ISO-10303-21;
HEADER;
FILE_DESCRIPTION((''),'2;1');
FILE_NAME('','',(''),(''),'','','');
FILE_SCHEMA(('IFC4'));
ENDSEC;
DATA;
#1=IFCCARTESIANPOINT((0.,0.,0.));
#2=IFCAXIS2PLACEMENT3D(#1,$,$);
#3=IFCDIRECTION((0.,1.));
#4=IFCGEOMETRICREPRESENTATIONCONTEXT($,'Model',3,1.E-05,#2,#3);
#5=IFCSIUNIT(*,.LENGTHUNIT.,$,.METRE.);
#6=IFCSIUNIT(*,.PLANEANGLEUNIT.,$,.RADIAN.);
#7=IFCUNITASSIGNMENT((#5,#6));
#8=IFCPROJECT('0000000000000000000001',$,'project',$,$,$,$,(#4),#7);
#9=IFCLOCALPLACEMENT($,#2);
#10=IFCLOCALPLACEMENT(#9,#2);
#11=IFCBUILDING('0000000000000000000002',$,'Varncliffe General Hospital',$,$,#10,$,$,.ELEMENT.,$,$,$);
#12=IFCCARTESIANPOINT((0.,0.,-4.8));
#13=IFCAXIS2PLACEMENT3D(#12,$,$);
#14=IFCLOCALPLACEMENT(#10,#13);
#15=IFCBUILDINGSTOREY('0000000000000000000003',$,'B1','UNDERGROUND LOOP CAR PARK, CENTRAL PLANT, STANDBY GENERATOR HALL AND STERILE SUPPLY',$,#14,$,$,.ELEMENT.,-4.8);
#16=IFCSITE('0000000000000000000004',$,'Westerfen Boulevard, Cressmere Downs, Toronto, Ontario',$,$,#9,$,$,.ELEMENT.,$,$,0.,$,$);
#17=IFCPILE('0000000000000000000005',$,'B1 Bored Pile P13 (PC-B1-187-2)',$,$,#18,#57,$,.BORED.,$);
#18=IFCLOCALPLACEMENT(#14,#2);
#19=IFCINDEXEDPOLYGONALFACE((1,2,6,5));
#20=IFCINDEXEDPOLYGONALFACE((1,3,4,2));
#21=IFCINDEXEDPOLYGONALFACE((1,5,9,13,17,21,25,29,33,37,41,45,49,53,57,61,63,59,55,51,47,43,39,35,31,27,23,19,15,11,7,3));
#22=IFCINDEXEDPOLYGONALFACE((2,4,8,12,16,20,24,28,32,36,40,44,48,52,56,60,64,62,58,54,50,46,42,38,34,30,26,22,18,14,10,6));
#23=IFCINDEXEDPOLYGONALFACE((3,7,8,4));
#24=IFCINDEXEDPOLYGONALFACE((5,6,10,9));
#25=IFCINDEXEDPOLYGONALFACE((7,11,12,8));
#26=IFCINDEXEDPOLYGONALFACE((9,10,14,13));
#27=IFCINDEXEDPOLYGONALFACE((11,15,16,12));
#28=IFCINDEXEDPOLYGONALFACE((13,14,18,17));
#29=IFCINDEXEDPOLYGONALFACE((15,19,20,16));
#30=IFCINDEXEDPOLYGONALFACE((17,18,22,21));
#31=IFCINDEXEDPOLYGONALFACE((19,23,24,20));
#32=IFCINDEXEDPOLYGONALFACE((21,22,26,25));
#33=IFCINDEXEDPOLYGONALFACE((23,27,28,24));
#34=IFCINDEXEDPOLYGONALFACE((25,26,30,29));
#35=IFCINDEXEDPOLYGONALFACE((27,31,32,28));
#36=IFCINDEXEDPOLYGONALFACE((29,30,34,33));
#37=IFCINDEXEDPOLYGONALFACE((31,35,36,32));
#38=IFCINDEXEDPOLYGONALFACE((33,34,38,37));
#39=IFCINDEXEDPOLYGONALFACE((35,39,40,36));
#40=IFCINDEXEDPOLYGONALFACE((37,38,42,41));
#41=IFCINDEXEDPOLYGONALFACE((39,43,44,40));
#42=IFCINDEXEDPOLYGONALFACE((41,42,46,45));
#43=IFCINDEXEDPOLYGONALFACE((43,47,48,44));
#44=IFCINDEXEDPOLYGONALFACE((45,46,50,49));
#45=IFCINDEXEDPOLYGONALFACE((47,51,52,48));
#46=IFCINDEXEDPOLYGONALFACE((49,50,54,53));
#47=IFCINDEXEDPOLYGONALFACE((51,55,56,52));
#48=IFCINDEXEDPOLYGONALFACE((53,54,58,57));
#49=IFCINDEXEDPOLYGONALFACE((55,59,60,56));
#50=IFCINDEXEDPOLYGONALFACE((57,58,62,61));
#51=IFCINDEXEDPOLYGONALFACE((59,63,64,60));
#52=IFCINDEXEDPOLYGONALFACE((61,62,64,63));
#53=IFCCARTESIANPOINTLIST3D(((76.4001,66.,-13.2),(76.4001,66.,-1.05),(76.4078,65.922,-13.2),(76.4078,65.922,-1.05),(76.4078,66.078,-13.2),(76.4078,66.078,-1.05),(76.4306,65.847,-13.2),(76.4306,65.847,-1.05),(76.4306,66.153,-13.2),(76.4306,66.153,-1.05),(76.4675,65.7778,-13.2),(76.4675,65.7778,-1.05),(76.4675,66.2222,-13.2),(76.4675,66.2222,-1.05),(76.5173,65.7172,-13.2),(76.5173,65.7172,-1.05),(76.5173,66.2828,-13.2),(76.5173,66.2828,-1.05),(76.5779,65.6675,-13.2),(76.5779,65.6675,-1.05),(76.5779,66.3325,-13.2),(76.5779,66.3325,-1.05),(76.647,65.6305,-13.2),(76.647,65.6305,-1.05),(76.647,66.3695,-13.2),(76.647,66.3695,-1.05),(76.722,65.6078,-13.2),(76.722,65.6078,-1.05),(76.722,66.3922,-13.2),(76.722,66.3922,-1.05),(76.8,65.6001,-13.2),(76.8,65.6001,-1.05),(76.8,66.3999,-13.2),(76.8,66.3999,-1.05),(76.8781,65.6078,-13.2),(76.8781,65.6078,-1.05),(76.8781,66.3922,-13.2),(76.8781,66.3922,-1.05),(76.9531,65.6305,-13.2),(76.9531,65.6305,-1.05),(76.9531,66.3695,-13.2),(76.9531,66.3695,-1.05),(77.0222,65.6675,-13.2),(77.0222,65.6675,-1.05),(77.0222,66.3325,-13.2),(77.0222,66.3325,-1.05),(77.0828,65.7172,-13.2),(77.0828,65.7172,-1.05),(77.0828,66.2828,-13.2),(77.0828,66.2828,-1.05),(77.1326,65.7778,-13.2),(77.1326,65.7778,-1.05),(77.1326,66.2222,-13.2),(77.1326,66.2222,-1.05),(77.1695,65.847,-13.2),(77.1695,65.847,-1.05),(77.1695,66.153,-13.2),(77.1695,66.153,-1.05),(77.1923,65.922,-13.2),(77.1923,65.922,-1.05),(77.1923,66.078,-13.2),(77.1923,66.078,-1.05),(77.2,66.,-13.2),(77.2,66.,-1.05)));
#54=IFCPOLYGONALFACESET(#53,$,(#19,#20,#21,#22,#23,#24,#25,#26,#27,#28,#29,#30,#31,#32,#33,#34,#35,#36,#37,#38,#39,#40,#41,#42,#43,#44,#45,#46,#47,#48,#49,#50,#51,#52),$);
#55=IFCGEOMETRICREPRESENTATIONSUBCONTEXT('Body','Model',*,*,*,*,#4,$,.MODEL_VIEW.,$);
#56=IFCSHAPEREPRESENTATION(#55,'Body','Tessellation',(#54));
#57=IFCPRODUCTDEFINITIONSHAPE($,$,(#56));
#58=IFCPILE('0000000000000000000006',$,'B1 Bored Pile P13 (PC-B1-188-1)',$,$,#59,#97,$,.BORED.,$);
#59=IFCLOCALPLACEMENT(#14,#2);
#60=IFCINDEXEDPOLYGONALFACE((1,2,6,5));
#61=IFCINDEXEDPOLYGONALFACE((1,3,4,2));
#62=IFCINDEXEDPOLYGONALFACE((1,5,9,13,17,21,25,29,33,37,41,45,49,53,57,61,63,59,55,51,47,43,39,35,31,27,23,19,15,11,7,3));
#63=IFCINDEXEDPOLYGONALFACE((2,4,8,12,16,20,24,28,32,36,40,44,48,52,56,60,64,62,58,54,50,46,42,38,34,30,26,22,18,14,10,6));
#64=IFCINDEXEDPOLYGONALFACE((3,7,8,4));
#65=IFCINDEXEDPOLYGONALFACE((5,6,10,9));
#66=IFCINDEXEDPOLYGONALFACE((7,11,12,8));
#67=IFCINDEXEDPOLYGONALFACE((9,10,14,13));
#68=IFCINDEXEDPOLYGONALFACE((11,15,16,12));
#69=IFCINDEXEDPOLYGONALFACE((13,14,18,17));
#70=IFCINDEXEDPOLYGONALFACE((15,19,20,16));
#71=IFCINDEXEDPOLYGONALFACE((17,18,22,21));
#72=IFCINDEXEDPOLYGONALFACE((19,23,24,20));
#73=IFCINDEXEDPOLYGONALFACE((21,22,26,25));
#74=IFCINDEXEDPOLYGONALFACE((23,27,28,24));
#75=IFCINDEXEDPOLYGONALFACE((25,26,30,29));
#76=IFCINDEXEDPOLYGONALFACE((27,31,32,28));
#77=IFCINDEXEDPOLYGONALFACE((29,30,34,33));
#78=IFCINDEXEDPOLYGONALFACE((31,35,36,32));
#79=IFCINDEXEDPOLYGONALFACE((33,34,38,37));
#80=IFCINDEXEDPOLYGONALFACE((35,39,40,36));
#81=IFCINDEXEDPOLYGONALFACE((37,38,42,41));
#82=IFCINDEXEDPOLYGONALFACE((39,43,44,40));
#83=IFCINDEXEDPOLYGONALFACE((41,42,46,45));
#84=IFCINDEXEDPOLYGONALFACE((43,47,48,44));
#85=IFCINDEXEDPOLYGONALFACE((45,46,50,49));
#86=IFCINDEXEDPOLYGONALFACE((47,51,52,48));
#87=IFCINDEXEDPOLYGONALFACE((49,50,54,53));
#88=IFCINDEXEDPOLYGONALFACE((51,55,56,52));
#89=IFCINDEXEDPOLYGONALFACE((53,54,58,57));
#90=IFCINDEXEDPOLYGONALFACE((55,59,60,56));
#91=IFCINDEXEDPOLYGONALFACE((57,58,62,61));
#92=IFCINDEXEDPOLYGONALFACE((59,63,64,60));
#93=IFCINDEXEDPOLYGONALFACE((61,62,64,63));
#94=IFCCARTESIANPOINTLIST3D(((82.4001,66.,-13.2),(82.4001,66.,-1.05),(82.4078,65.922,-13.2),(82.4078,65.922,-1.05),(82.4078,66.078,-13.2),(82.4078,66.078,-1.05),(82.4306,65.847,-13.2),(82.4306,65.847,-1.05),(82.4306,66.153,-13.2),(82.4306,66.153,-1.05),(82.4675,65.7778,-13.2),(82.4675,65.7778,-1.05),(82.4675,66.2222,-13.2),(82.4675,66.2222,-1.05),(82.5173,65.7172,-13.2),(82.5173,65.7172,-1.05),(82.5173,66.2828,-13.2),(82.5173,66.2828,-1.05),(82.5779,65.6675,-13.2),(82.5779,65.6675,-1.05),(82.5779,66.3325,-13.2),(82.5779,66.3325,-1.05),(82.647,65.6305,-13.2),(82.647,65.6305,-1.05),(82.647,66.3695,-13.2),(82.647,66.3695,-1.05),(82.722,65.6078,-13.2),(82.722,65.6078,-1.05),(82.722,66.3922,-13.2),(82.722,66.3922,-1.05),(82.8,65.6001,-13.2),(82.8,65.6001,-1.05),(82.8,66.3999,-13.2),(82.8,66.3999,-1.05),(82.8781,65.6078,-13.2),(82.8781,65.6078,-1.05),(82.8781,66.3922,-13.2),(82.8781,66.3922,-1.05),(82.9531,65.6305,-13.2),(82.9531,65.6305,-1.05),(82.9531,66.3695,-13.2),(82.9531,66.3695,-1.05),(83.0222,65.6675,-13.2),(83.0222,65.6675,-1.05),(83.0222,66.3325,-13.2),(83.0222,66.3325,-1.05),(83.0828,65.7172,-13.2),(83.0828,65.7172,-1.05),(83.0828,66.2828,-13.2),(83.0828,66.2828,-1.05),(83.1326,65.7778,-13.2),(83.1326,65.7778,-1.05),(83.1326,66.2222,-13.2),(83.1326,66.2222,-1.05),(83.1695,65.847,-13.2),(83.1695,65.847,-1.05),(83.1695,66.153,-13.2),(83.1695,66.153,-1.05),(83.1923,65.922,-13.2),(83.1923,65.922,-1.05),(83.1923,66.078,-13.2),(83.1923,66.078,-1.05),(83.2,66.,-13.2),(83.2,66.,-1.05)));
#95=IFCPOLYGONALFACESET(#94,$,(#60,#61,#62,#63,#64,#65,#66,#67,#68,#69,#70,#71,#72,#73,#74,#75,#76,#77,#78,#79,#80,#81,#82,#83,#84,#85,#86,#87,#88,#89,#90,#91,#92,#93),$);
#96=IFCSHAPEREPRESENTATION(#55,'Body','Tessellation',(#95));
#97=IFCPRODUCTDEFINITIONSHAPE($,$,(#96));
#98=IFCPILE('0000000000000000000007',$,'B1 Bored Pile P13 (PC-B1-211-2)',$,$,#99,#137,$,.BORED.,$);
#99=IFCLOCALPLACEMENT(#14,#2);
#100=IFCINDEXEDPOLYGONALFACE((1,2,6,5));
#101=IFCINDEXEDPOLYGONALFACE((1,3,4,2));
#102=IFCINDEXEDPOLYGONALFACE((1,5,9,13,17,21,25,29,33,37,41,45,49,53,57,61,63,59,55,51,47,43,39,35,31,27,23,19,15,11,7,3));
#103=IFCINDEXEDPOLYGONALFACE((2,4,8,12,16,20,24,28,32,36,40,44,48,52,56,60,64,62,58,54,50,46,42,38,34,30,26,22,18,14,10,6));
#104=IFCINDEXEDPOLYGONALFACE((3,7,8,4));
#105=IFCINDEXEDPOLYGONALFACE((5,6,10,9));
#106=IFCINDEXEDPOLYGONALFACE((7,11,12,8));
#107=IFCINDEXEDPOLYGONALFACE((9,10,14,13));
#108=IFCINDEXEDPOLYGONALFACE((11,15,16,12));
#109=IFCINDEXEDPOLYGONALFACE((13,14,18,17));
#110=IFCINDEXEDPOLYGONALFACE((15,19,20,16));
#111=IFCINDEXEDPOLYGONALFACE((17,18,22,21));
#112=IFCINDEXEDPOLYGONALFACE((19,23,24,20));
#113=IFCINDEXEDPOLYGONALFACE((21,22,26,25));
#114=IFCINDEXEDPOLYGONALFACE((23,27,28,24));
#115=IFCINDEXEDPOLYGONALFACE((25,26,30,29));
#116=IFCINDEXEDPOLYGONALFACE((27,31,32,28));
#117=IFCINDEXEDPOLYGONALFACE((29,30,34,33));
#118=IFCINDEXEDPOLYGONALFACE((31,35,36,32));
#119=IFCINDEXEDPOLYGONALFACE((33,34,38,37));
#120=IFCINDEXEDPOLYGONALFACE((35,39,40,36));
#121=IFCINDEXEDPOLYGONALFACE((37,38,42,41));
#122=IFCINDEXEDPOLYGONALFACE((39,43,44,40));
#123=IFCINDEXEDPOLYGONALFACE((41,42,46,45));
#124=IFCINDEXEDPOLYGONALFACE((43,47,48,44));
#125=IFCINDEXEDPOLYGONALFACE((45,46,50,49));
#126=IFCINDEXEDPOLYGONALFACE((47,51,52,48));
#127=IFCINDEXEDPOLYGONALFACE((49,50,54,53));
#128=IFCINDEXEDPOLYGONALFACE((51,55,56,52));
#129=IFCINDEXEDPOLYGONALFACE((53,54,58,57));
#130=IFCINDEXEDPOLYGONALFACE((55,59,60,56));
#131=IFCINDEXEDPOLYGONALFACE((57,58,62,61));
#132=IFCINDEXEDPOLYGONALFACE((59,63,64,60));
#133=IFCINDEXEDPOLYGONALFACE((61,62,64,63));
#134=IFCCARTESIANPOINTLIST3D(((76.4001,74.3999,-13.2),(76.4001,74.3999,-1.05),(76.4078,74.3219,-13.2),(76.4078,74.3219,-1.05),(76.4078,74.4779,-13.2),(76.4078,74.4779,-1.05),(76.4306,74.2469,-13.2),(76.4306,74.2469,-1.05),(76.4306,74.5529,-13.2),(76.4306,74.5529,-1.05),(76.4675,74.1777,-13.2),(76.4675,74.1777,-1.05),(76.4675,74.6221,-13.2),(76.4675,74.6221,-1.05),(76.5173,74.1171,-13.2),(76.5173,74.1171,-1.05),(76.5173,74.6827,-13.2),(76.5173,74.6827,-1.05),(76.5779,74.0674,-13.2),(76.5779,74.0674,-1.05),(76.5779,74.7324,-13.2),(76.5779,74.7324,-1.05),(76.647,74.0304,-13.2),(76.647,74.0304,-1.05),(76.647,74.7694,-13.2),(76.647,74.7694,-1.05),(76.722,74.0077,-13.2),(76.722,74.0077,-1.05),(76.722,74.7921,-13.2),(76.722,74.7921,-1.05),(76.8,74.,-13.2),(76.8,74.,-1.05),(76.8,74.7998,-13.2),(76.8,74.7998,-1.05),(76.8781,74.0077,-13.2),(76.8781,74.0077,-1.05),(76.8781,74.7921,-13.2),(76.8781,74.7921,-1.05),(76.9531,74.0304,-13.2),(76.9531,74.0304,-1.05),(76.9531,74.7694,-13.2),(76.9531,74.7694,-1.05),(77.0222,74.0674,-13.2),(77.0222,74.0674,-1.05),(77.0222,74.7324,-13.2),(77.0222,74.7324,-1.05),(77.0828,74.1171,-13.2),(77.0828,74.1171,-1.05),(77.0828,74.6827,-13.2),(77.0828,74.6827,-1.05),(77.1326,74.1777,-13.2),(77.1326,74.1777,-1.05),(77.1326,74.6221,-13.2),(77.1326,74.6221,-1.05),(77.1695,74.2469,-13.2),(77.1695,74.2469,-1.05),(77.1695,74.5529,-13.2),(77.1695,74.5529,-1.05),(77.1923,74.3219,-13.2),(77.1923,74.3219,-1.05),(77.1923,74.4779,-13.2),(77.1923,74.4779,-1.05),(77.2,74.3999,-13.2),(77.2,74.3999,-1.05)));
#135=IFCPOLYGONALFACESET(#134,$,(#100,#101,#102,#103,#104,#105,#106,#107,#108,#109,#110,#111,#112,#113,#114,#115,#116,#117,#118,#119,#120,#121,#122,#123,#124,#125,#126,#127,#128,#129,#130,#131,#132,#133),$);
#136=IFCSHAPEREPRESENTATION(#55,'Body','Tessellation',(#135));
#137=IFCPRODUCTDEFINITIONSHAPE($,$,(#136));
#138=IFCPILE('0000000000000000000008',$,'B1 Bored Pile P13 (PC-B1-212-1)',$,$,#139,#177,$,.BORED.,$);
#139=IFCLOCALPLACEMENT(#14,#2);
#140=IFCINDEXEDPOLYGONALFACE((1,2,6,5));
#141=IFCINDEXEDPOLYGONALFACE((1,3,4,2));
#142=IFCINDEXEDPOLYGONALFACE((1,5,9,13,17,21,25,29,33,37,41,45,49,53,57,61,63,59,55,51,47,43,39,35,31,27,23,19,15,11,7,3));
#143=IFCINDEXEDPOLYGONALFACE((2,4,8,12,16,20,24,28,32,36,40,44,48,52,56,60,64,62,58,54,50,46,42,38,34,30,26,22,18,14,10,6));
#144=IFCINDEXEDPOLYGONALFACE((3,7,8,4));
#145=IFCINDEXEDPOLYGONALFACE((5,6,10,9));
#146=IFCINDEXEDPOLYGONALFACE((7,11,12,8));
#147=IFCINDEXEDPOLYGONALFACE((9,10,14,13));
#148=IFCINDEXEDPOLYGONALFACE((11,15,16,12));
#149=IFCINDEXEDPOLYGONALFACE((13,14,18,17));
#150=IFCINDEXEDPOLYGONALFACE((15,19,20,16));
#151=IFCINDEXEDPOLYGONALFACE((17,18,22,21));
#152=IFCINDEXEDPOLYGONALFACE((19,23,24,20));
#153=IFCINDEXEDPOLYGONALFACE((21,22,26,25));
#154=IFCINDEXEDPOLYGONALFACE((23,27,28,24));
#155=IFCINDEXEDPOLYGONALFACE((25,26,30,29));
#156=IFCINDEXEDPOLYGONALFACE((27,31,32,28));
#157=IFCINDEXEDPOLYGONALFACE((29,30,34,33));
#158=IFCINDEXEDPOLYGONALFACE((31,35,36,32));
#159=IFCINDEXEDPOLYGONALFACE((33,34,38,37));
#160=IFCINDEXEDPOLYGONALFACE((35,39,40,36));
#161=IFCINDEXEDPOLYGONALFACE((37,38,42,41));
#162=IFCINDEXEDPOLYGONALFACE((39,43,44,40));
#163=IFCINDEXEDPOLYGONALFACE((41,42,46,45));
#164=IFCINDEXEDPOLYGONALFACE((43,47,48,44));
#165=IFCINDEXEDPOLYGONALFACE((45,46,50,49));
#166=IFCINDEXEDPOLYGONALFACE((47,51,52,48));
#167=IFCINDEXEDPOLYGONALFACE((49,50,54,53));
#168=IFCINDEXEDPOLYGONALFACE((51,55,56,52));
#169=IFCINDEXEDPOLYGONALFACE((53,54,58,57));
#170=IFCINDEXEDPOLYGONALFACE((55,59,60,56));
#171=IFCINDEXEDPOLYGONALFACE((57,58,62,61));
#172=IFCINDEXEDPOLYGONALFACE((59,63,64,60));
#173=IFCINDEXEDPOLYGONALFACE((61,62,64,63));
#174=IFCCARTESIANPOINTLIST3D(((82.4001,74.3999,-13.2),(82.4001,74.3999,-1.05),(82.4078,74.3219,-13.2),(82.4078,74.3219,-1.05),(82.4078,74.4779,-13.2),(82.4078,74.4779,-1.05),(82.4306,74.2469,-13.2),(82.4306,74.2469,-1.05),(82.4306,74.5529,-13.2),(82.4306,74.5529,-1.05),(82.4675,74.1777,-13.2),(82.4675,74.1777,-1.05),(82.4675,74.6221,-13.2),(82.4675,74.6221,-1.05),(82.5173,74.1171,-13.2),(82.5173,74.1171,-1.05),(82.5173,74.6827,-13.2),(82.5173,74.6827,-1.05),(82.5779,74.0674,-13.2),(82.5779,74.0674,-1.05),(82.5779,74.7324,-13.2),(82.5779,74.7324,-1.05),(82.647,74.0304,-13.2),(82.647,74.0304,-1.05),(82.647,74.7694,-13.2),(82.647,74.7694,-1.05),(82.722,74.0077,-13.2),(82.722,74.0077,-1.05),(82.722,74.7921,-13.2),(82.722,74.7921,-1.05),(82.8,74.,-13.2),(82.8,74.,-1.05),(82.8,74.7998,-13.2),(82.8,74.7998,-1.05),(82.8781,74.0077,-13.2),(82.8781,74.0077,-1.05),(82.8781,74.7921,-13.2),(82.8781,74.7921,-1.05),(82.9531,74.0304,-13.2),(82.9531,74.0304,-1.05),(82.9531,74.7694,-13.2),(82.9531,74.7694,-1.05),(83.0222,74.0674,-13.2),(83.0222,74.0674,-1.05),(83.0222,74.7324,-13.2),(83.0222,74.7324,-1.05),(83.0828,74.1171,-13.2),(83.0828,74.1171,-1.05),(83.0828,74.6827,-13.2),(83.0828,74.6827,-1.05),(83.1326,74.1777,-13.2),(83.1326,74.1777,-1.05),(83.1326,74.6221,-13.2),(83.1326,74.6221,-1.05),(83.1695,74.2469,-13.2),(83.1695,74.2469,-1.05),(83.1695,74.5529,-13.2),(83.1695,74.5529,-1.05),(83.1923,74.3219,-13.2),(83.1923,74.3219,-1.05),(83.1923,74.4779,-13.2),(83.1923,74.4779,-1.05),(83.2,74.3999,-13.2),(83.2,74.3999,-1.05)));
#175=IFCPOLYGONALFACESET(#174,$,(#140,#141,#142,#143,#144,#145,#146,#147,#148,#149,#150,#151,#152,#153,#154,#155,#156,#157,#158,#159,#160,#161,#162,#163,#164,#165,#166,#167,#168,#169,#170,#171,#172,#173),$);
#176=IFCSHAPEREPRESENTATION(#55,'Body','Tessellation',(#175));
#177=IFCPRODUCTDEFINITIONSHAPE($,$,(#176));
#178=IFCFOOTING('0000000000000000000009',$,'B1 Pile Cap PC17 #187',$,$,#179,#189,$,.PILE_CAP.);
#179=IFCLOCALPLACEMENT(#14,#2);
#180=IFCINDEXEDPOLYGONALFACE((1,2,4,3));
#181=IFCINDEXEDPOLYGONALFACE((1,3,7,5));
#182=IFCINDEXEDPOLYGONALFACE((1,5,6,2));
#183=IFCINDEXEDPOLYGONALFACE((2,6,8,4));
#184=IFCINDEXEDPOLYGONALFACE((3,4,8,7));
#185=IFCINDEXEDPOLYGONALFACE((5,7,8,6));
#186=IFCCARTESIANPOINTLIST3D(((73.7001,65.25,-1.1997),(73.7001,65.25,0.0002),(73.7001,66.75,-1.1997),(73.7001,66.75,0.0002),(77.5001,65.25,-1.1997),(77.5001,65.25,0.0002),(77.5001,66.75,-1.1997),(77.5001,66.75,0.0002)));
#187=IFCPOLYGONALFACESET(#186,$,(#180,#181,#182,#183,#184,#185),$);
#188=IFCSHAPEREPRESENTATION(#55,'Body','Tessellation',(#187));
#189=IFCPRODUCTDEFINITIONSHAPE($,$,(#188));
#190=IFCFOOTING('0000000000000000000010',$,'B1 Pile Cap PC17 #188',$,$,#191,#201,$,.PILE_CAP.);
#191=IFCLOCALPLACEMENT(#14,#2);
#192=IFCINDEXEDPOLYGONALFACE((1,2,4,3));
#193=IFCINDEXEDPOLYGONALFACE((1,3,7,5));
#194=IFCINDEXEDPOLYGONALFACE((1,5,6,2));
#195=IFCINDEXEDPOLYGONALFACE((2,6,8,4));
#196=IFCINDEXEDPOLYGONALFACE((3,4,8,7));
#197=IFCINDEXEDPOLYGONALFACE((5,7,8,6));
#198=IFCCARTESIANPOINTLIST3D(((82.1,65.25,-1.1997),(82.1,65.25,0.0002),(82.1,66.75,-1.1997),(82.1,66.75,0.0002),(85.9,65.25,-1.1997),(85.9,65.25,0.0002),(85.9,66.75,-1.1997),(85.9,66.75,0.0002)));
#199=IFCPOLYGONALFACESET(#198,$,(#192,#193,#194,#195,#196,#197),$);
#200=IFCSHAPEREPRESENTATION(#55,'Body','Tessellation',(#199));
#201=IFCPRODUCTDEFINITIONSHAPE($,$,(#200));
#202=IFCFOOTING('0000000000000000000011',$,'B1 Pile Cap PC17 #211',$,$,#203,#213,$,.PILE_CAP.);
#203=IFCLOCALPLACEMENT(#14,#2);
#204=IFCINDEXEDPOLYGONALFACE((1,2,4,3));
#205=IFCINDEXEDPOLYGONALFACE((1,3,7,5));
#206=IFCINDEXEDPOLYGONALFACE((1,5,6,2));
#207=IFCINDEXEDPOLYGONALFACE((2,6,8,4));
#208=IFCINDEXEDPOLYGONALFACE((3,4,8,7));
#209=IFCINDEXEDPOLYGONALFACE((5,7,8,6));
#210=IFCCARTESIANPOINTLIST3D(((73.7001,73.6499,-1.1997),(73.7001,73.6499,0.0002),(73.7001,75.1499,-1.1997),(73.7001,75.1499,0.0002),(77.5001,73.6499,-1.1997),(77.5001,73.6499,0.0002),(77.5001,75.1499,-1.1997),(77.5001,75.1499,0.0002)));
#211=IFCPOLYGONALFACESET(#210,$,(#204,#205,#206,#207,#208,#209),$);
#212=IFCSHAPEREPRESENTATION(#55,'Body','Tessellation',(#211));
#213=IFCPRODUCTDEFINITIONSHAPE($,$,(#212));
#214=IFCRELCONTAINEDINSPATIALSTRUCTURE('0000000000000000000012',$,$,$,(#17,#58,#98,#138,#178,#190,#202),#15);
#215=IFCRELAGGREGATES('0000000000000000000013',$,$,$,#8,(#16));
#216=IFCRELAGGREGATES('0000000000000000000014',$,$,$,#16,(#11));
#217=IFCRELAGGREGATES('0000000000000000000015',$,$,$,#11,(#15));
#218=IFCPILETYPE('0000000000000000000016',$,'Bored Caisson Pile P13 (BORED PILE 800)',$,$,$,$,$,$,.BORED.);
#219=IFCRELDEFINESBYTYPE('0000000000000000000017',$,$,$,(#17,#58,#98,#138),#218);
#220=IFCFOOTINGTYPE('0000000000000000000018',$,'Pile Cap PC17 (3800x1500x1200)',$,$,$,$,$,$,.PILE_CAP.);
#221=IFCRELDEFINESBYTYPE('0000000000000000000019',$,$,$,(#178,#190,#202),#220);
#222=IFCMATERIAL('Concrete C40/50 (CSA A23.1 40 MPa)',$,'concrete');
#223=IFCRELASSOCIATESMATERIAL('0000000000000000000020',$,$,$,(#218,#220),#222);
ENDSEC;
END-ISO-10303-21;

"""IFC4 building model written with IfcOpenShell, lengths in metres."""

from ifc_helpers import new_model, si_unit, direction, frame, origin, origin_2d, place, context, subcontext, project, spatial, rectangle, circle, extrude, material, material_profile, profile_set, type_object, element, save


model = new_model("IFC4")

# Units and contexts
model_context = context("Model", 3, precision=1e-05, world=origin(), true_north=direction((0.0, 1.0)))
body_context = subcontext(model_context, "Body", "Model", "MODEL_VIEW")
ifc_project = project(units=[si_unit("LENGTHUNIT", "METRE"), si_unit("PLANEANGLEUNIT", "RADIAN")], contexts=[model_context])

# Site, building, storey
site_placement = place(None, origin())
site = spatial("IfcSite", under=ifc_project, at=site_placement, Name="Westerfen Boulevard, Cressmere Downs, Toronto, Ontario", CompositionType="ELEMENT", RefElevation=0.0)
building_placement = place(site_placement, origin())
building = spatial("IfcBuilding", under=site, at=building_placement, Name="Varncliffe General Hospital", CompositionType="ELEMENT")
storey_placement = place(building_placement, frame((0.0, 0.0, -4.8)))
storey = spatial("IfcBuildingStorey", under=building, at=storey_placement, Name="B1", Description="UNDERGROUND LOOP CAR PARK, CENTRAL PLANT, STANDBY GENERATOR HALL AND STERILE SUPPLY", CompositionType="ELEMENT", Elevation=-4.8)

# Piles
ifc_material_1 = material(Name="Concrete C40/50 (CSA A23.1 40 MPa)", Category="concrete")
ifc_material_profile_1 = material_profile(ifc_material_1, circle(Radius=0.3999, at=origin_2d()), Name="BORED PILE 800")
ifc_profile_set_1 = profile_set([ifc_material_profile_1], Name="Concrete C40/50 (CSA A23.1 40 MPa)")
pile_type = type_object("IfcPileType", Name="Bored Caisson Pile P13 (BORED PILE 800)", PredefinedType="BORED", material=ifc_profile_set_1)
for number, where, z_axis, x_axis, name in (
    (1, (76.8, 66.0, -1.05), (0.0, 0.0, -1.0), (1.0, 0.0, 0.0), "B1 Bored Pile P13 (PC-B1-187-2)"),
    (2, (82.8, 66.0, -1.05), (0.0, 0.0, -1.0), (1.0, 0.0, 0.0), "B1 Bored Pile P13 (PC-B1-188-1)"),
    (3, (76.8, 74.3999, -1.05), (0.0, 0.0, -1.0), (1.0, 0.0, 0.0), "B1 Bored Pile P13 (PC-B1-211-2)"),
    (4, (82.8, 74.3999, -1.05), (0.0, 0.0, -1.0), (1.0, 0.0, 0.0), "B1 Bored Pile P13 (PC-B1-212-1)"),
):
    element("IfcPile", number, at=place(storey_placement, frame(where, z_axis=z_axis, x_axis=x_axis)), inside=storey, type_object=pile_type, Name=name, PredefinedType="BORED", context=body_context, shape_type="SweptSolid", body=[
        extrude(circle(Radius=0.3999, at=origin_2d()), origin(), (0.0, 0.0, 1.0), 12.1499),
    ])

# Footings
footing_type_1 = type_object("IfcFootingType", Name="Pile Cap PC17 (3800x1500x1200)", PredefinedType="PILE_CAP", material=ifc_material_1)
for number, where, z_axis, x_axis, name in (
    (5, (75.6001, 66.0, -1.1997), (0.0, 0.0, 1.0), (1.0, 0.0, 0.0), "B1 Pile Cap PC17 #187"),
    (6, (84.0, 66.0, -1.1997), (0.0, 0.0, 1.0), (1.0, 0.0, 0.0), "B1 Pile Cap PC17 #188"),
    (7, (75.6001, 74.3999, -1.1997), (0.0, 0.0, 1.0), (1.0, 0.0, 0.0), "B1 Pile Cap PC17 #211"),
):
    element("IfcFooting", number, at=place(storey_placement, frame(where, z_axis=z_axis, x_axis=x_axis)), inside=storey, type_object=footing_type_1, Name=name, PredefinedType="PILE_CAP", context=body_context, shape_type="SweptSolid", body=[
        extrude(rectangle(XDim=3.8, YDim=1.5, at=origin_2d()), origin(), (0.0, 0.0, 1.0), 1.2),
    ])

save(model, "model.ifc")
